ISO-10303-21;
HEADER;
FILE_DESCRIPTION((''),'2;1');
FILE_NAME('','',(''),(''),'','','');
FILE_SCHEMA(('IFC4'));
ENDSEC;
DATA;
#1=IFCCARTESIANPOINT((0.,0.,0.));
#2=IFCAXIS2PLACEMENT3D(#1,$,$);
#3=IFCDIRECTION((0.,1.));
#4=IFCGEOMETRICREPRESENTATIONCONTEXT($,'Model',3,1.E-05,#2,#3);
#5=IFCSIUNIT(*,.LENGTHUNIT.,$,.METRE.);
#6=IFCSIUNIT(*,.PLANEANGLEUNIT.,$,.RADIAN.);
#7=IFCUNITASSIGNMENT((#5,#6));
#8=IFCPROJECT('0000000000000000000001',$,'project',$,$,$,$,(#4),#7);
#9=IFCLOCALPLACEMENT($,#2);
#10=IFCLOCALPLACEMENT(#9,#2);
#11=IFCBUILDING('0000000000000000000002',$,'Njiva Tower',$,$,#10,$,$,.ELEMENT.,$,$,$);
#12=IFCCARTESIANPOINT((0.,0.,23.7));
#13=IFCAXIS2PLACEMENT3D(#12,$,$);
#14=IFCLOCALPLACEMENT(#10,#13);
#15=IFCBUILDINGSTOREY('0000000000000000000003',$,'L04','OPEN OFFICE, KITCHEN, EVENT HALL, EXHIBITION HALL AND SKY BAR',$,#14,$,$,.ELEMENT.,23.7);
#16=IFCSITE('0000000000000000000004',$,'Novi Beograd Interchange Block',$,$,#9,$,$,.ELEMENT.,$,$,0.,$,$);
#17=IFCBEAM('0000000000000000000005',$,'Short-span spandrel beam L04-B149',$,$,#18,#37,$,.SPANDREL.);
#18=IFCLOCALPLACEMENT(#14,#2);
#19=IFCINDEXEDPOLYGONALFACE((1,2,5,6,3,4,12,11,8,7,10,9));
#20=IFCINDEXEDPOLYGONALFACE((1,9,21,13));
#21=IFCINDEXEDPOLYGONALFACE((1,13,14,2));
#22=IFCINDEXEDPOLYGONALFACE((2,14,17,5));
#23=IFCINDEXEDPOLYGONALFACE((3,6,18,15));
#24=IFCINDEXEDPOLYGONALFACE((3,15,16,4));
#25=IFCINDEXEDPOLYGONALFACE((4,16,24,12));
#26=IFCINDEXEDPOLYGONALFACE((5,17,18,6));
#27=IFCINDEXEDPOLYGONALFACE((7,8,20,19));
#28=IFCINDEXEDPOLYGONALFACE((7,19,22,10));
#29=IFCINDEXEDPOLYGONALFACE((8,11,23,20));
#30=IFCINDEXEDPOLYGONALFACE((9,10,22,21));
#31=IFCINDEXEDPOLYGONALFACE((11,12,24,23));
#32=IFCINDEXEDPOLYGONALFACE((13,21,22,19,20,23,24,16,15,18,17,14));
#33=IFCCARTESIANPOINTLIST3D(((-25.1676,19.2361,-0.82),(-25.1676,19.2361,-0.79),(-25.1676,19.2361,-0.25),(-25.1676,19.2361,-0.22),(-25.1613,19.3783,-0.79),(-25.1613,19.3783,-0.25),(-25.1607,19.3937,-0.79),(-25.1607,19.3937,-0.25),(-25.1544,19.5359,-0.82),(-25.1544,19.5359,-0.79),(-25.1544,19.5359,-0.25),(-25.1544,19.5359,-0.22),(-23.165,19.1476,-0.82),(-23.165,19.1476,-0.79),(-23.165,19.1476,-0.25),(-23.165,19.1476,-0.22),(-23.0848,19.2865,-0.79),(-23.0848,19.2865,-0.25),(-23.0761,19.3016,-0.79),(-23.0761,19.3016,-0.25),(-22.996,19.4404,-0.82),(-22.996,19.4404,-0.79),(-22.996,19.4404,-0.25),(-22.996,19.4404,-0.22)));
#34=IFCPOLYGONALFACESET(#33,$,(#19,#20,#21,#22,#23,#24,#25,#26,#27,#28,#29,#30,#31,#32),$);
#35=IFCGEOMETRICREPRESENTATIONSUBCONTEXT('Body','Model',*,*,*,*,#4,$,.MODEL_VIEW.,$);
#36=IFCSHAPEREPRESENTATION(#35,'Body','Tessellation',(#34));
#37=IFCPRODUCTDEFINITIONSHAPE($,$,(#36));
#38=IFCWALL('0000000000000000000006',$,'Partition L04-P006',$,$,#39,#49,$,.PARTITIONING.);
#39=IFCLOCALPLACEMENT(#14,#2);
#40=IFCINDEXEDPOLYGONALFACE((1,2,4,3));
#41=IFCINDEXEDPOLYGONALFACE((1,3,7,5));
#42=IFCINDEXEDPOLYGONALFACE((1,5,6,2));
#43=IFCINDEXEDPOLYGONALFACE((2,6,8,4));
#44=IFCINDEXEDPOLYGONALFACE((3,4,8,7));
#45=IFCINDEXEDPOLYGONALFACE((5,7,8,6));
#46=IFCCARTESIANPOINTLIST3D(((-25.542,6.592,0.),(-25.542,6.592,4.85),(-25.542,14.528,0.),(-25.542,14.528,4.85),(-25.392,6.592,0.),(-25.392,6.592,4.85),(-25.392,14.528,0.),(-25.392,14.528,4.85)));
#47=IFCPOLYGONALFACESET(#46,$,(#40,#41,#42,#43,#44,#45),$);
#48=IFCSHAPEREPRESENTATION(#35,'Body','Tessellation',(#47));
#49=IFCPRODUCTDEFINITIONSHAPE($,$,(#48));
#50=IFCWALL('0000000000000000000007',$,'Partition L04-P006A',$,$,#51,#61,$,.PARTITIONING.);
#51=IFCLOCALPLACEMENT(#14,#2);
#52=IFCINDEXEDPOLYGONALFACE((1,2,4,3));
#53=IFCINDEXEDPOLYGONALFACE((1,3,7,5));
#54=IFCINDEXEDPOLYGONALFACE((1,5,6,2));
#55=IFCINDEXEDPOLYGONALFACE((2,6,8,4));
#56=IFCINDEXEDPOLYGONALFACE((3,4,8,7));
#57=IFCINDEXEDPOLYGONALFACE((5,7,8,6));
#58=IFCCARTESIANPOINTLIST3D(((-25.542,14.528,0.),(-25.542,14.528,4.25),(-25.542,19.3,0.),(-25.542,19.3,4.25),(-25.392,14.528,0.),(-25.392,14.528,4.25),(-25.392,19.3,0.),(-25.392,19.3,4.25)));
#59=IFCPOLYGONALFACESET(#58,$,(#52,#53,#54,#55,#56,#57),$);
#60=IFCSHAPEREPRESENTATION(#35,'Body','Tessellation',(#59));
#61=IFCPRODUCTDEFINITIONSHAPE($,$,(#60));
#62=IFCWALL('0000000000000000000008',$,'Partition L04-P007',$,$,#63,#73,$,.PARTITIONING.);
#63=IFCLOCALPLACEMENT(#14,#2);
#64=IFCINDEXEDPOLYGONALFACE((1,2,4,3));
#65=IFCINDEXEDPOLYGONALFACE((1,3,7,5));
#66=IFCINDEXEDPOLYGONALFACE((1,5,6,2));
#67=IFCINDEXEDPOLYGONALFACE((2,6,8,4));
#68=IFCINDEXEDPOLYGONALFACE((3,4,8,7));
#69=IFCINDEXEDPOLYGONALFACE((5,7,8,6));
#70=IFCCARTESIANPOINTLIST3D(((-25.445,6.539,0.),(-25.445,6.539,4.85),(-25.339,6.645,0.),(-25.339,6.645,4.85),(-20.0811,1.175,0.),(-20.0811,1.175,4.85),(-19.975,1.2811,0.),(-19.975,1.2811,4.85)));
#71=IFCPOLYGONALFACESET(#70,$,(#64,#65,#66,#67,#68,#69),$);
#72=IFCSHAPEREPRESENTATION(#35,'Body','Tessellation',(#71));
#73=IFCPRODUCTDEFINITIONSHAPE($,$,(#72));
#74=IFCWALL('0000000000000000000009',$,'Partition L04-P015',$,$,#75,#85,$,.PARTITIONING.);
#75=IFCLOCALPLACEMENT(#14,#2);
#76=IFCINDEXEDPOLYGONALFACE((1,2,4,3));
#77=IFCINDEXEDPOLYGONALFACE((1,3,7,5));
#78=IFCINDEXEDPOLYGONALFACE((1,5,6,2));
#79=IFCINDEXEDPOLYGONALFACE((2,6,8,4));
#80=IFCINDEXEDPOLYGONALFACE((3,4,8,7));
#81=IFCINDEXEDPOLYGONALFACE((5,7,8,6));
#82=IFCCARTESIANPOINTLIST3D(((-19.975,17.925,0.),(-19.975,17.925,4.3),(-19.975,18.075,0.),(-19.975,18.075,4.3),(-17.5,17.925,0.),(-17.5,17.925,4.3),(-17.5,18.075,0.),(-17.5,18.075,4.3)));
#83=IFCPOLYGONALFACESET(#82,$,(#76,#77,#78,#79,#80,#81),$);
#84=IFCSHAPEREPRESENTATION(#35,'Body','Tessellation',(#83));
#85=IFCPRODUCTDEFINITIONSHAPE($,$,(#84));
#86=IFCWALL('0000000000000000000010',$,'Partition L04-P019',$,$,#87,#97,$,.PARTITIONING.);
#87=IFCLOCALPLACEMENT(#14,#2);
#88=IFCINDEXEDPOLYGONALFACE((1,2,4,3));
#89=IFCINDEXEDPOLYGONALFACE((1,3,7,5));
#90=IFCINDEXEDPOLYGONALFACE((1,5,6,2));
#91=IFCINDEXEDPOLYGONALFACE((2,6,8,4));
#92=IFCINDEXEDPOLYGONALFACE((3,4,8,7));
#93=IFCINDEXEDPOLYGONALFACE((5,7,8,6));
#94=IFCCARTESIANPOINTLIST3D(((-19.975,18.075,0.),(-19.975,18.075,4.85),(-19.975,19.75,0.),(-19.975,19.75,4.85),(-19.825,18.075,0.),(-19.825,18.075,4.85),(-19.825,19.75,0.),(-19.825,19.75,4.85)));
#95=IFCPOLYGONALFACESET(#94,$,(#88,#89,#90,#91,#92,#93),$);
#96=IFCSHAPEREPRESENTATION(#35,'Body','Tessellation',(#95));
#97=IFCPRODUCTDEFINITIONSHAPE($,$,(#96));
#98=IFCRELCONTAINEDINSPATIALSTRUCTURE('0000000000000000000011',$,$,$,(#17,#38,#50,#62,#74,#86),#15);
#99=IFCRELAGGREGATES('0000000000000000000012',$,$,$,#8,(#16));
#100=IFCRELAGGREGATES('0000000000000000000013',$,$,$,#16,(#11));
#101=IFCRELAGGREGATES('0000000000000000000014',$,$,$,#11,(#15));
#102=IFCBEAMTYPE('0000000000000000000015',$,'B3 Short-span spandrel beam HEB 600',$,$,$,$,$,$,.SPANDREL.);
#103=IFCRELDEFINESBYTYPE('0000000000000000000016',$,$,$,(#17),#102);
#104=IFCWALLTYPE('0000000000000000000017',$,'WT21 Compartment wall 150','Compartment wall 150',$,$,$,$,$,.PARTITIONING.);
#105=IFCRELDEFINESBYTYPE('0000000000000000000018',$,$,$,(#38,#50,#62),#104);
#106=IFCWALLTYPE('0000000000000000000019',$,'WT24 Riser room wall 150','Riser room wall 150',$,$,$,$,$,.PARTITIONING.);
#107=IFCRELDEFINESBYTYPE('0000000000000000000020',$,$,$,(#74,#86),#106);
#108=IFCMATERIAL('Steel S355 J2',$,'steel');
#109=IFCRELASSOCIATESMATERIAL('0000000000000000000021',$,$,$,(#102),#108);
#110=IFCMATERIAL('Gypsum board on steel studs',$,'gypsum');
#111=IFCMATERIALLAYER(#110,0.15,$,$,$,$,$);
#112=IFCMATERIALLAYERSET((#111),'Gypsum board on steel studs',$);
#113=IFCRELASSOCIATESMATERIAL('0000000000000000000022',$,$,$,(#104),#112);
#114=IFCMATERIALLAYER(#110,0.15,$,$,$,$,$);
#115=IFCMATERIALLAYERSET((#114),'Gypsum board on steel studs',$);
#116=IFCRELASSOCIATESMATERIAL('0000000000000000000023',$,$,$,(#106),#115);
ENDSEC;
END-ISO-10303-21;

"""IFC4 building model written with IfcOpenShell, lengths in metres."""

from ifc_helpers import new_model, si_unit, direction, frame, frame_2d, origin, origin_2d, place, context, subcontext, project, spatial, rectangle, i_section, extrude, clip, halfspace, material, layer, layer_set, material_profile, profile_set, type_object, element, save


model = new_model("IFC4")

# Units and contexts
model_context = context("Model", 3, precision=1e-05, world=origin(), true_north=direction((0.0, 1.0)))
body_context = subcontext(model_context, "Body", "Model", "MODEL_VIEW")
ifc_project = project(units=[si_unit("LENGTHUNIT", "METRE"), si_unit("PLANEANGLEUNIT", "RADIAN")], contexts=[model_context])

# Site, building, storey
site_placement = place(None, origin())
site = spatial("IfcSite", under=ifc_project, at=site_placement, Name="Novi Beograd Interchange Block", CompositionType="ELEMENT", RefElevation=0.0)
building_placement = place(site_placement, origin())
building = spatial("IfcBuilding", under=site, at=building_placement, Name="Njiva Tower", CompositionType="ELEMENT")
storey_placement = place(building_placement, frame((0.0, 0.0, 23.7)))
storey = spatial("IfcBuildingStorey", under=building, at=storey_placement, Name="L04", Description="OPEN OFFICE, KITCHEN, EVENT HALL, EXHIBITION HALL AND SKY BAR", CompositionType="ELEMENT", Elevation=23.7)

# Shared definitions
ifc_material_1 = material(Name="Steel S355 J2", Category="steel")

# Beam
ifc_material_profile_1 = material_profile(ifc_material_1, i_section(OverallWidth=0.3, OverallDepth=0.6, WebThickness=0.0155, FlangeThickness=0.03, at=origin_2d()), Name="HEB 600")
ifc_profile_set_1 = profile_set([ifc_material_profile_1], Name="Steel S355 J2")
beam_type_1 = type_object("IfcBeamType", Name="B3 Short-span spandrel beam HEB 600", PredefinedType="SPANDREL", material=ifc_profile_set_1)
beam_1_placement = place(storey_placement, frame((-25.161, 19.386, -0.52), z_axis=(0.999024, -0.044166, 0.0), x_axis=(0.044166, 0.999024, 0.0)))
element("IfcBeam", 1, at=beam_1_placement, inside=storey, type_object=beam_type_1, Name="Short-span spandrel beam L04-B149", PredefinedType="SPANDREL", context=body_context, shape_type="Clipping", body=[
    clip(extrude(i_section(OverallWidth=0.3, OverallDepth=0.6, WebThickness=0.0155, FlangeThickness=0.03, at=origin_2d()), origin(), (0.0, 0.0, 1.0), 2.181), halfspace(frame((-0.0228, 0.0, 2.0707), z_axis=(-0.461261, 0.0, 0.887265), x_axis=(0.0, 1.0, 0.0)), False)),
])

# Walls
ifc_material_2 = material(Name="Gypsum board on steel studs", Category="gypsum")
ifc_layer_1 = layer(ifc_material_2, 0.15)
ifc_layer_set_1 = layer_set([ifc_layer_1], Name="Gypsum board on steel studs")
wall_type_1 = type_object("IfcWallType", Name="WT21 Compartment wall 150", Description="Compartment wall 150", PredefinedType="PARTITIONING", material=ifc_layer_set_1)
wall_1_placement = place(storey_placement, frame((-25.467, 6.592, 0.0), z_axis=(0.0, 0.0, 1.0), x_axis=(0.0, 1.0, 0.0)))
element("IfcWall", 2, at=wall_1_placement, inside=storey, type_object=wall_type_1, Name="Partition L04-P006", PredefinedType="PARTITIONING", context=body_context, shape_type="SweptSolid", body=[
    extrude(rectangle(XDim=7.936, YDim=0.15, at=frame_2d((3.968, 0.0))), origin(), (0.0, 0.0, 1.0), 4.85),
])
wall_2_placement = place(storey_placement, frame((-25.467, 14.528, 0.0), z_axis=(0.0, 0.0, 1.0), x_axis=(0.0, 1.0, 0.0)))
element("IfcWall", 3, at=wall_2_placement, inside=storey, type_object=wall_type_1, Name="Partition L04-P006A", PredefinedType="PARTITIONING", context=body_context, shape_type="SweptSolid", body=[
    extrude(rectangle(XDim=4.772, YDim=0.15, at=frame_2d((2.386, 0.0))), origin(), (0.0, 0.0, 1.0), 4.25),
])
wall_3_placement = place(storey_placement, frame((-25.392, 6.592, 0.0), z_axis=(0.0, 0.0, 1.0), x_axis=(0.707107, -0.707107, 0.0)))
element("IfcWall", 4, at=wall_3_placement, inside=storey, type_object=wall_type_1, Name="Partition L04-P007", PredefinedType="PARTITIONING", context=body_context, shape_type="SweptSolid", body=[
    extrude(rectangle(XDim=7.5858, YDim=0.15, at=frame_2d((3.7929, 0.0))), origin(), (0.0, 0.0, 1.0), 4.85),
])
ifc_layer_2 = layer(ifc_material_2, 0.15)
ifc_layer_set_2 = layer_set([ifc_layer_2], Name="Gypsum board on steel studs")
wall_type_2 = type_object("IfcWallType", Name="WT24 Riser room wall 150", Description="Riser room wall 150", PredefinedType="PARTITIONING", material=ifc_layer_set_2)
wall_4_placement = place(storey_placement, frame((-19.975, 18.0, 0.0), z_axis=(0.0, 0.0, 1.0), x_axis=(1.0, 0.0, 0.0)))
element("IfcWall", 5, at=wall_4_placement, inside=storey, type_object=wall_type_2, Name="Partition L04-P015", PredefinedType="PARTITIONING", context=body_context, shape_type="SweptSolid", body=[
    extrude(rectangle(XDim=2.475, YDim=0.15, at=frame_2d((1.2375, 0.0))), origin(), (0.0, 0.0, 1.0), 4.3),
])
wall_5_placement = place(storey_placement, frame((-19.9, 18.075, 0.0), z_axis=(0.0, 0.0, 1.0), x_axis=(0.0, 1.0, 0.0)))
element("IfcWall", 6, at=wall_5_placement, inside=storey, type_object=wall_type_2, Name="Partition L04-P019", PredefinedType="PARTITIONING", context=body_context, shape_type="SweptSolid", body=[
    extrude(rectangle(XDim=1.675, YDim=0.15, at=frame_2d((0.8375, 0.0))), origin(), (0.0, 0.0, 1.0), 4.85),
])

save(model, "model.ifc")
